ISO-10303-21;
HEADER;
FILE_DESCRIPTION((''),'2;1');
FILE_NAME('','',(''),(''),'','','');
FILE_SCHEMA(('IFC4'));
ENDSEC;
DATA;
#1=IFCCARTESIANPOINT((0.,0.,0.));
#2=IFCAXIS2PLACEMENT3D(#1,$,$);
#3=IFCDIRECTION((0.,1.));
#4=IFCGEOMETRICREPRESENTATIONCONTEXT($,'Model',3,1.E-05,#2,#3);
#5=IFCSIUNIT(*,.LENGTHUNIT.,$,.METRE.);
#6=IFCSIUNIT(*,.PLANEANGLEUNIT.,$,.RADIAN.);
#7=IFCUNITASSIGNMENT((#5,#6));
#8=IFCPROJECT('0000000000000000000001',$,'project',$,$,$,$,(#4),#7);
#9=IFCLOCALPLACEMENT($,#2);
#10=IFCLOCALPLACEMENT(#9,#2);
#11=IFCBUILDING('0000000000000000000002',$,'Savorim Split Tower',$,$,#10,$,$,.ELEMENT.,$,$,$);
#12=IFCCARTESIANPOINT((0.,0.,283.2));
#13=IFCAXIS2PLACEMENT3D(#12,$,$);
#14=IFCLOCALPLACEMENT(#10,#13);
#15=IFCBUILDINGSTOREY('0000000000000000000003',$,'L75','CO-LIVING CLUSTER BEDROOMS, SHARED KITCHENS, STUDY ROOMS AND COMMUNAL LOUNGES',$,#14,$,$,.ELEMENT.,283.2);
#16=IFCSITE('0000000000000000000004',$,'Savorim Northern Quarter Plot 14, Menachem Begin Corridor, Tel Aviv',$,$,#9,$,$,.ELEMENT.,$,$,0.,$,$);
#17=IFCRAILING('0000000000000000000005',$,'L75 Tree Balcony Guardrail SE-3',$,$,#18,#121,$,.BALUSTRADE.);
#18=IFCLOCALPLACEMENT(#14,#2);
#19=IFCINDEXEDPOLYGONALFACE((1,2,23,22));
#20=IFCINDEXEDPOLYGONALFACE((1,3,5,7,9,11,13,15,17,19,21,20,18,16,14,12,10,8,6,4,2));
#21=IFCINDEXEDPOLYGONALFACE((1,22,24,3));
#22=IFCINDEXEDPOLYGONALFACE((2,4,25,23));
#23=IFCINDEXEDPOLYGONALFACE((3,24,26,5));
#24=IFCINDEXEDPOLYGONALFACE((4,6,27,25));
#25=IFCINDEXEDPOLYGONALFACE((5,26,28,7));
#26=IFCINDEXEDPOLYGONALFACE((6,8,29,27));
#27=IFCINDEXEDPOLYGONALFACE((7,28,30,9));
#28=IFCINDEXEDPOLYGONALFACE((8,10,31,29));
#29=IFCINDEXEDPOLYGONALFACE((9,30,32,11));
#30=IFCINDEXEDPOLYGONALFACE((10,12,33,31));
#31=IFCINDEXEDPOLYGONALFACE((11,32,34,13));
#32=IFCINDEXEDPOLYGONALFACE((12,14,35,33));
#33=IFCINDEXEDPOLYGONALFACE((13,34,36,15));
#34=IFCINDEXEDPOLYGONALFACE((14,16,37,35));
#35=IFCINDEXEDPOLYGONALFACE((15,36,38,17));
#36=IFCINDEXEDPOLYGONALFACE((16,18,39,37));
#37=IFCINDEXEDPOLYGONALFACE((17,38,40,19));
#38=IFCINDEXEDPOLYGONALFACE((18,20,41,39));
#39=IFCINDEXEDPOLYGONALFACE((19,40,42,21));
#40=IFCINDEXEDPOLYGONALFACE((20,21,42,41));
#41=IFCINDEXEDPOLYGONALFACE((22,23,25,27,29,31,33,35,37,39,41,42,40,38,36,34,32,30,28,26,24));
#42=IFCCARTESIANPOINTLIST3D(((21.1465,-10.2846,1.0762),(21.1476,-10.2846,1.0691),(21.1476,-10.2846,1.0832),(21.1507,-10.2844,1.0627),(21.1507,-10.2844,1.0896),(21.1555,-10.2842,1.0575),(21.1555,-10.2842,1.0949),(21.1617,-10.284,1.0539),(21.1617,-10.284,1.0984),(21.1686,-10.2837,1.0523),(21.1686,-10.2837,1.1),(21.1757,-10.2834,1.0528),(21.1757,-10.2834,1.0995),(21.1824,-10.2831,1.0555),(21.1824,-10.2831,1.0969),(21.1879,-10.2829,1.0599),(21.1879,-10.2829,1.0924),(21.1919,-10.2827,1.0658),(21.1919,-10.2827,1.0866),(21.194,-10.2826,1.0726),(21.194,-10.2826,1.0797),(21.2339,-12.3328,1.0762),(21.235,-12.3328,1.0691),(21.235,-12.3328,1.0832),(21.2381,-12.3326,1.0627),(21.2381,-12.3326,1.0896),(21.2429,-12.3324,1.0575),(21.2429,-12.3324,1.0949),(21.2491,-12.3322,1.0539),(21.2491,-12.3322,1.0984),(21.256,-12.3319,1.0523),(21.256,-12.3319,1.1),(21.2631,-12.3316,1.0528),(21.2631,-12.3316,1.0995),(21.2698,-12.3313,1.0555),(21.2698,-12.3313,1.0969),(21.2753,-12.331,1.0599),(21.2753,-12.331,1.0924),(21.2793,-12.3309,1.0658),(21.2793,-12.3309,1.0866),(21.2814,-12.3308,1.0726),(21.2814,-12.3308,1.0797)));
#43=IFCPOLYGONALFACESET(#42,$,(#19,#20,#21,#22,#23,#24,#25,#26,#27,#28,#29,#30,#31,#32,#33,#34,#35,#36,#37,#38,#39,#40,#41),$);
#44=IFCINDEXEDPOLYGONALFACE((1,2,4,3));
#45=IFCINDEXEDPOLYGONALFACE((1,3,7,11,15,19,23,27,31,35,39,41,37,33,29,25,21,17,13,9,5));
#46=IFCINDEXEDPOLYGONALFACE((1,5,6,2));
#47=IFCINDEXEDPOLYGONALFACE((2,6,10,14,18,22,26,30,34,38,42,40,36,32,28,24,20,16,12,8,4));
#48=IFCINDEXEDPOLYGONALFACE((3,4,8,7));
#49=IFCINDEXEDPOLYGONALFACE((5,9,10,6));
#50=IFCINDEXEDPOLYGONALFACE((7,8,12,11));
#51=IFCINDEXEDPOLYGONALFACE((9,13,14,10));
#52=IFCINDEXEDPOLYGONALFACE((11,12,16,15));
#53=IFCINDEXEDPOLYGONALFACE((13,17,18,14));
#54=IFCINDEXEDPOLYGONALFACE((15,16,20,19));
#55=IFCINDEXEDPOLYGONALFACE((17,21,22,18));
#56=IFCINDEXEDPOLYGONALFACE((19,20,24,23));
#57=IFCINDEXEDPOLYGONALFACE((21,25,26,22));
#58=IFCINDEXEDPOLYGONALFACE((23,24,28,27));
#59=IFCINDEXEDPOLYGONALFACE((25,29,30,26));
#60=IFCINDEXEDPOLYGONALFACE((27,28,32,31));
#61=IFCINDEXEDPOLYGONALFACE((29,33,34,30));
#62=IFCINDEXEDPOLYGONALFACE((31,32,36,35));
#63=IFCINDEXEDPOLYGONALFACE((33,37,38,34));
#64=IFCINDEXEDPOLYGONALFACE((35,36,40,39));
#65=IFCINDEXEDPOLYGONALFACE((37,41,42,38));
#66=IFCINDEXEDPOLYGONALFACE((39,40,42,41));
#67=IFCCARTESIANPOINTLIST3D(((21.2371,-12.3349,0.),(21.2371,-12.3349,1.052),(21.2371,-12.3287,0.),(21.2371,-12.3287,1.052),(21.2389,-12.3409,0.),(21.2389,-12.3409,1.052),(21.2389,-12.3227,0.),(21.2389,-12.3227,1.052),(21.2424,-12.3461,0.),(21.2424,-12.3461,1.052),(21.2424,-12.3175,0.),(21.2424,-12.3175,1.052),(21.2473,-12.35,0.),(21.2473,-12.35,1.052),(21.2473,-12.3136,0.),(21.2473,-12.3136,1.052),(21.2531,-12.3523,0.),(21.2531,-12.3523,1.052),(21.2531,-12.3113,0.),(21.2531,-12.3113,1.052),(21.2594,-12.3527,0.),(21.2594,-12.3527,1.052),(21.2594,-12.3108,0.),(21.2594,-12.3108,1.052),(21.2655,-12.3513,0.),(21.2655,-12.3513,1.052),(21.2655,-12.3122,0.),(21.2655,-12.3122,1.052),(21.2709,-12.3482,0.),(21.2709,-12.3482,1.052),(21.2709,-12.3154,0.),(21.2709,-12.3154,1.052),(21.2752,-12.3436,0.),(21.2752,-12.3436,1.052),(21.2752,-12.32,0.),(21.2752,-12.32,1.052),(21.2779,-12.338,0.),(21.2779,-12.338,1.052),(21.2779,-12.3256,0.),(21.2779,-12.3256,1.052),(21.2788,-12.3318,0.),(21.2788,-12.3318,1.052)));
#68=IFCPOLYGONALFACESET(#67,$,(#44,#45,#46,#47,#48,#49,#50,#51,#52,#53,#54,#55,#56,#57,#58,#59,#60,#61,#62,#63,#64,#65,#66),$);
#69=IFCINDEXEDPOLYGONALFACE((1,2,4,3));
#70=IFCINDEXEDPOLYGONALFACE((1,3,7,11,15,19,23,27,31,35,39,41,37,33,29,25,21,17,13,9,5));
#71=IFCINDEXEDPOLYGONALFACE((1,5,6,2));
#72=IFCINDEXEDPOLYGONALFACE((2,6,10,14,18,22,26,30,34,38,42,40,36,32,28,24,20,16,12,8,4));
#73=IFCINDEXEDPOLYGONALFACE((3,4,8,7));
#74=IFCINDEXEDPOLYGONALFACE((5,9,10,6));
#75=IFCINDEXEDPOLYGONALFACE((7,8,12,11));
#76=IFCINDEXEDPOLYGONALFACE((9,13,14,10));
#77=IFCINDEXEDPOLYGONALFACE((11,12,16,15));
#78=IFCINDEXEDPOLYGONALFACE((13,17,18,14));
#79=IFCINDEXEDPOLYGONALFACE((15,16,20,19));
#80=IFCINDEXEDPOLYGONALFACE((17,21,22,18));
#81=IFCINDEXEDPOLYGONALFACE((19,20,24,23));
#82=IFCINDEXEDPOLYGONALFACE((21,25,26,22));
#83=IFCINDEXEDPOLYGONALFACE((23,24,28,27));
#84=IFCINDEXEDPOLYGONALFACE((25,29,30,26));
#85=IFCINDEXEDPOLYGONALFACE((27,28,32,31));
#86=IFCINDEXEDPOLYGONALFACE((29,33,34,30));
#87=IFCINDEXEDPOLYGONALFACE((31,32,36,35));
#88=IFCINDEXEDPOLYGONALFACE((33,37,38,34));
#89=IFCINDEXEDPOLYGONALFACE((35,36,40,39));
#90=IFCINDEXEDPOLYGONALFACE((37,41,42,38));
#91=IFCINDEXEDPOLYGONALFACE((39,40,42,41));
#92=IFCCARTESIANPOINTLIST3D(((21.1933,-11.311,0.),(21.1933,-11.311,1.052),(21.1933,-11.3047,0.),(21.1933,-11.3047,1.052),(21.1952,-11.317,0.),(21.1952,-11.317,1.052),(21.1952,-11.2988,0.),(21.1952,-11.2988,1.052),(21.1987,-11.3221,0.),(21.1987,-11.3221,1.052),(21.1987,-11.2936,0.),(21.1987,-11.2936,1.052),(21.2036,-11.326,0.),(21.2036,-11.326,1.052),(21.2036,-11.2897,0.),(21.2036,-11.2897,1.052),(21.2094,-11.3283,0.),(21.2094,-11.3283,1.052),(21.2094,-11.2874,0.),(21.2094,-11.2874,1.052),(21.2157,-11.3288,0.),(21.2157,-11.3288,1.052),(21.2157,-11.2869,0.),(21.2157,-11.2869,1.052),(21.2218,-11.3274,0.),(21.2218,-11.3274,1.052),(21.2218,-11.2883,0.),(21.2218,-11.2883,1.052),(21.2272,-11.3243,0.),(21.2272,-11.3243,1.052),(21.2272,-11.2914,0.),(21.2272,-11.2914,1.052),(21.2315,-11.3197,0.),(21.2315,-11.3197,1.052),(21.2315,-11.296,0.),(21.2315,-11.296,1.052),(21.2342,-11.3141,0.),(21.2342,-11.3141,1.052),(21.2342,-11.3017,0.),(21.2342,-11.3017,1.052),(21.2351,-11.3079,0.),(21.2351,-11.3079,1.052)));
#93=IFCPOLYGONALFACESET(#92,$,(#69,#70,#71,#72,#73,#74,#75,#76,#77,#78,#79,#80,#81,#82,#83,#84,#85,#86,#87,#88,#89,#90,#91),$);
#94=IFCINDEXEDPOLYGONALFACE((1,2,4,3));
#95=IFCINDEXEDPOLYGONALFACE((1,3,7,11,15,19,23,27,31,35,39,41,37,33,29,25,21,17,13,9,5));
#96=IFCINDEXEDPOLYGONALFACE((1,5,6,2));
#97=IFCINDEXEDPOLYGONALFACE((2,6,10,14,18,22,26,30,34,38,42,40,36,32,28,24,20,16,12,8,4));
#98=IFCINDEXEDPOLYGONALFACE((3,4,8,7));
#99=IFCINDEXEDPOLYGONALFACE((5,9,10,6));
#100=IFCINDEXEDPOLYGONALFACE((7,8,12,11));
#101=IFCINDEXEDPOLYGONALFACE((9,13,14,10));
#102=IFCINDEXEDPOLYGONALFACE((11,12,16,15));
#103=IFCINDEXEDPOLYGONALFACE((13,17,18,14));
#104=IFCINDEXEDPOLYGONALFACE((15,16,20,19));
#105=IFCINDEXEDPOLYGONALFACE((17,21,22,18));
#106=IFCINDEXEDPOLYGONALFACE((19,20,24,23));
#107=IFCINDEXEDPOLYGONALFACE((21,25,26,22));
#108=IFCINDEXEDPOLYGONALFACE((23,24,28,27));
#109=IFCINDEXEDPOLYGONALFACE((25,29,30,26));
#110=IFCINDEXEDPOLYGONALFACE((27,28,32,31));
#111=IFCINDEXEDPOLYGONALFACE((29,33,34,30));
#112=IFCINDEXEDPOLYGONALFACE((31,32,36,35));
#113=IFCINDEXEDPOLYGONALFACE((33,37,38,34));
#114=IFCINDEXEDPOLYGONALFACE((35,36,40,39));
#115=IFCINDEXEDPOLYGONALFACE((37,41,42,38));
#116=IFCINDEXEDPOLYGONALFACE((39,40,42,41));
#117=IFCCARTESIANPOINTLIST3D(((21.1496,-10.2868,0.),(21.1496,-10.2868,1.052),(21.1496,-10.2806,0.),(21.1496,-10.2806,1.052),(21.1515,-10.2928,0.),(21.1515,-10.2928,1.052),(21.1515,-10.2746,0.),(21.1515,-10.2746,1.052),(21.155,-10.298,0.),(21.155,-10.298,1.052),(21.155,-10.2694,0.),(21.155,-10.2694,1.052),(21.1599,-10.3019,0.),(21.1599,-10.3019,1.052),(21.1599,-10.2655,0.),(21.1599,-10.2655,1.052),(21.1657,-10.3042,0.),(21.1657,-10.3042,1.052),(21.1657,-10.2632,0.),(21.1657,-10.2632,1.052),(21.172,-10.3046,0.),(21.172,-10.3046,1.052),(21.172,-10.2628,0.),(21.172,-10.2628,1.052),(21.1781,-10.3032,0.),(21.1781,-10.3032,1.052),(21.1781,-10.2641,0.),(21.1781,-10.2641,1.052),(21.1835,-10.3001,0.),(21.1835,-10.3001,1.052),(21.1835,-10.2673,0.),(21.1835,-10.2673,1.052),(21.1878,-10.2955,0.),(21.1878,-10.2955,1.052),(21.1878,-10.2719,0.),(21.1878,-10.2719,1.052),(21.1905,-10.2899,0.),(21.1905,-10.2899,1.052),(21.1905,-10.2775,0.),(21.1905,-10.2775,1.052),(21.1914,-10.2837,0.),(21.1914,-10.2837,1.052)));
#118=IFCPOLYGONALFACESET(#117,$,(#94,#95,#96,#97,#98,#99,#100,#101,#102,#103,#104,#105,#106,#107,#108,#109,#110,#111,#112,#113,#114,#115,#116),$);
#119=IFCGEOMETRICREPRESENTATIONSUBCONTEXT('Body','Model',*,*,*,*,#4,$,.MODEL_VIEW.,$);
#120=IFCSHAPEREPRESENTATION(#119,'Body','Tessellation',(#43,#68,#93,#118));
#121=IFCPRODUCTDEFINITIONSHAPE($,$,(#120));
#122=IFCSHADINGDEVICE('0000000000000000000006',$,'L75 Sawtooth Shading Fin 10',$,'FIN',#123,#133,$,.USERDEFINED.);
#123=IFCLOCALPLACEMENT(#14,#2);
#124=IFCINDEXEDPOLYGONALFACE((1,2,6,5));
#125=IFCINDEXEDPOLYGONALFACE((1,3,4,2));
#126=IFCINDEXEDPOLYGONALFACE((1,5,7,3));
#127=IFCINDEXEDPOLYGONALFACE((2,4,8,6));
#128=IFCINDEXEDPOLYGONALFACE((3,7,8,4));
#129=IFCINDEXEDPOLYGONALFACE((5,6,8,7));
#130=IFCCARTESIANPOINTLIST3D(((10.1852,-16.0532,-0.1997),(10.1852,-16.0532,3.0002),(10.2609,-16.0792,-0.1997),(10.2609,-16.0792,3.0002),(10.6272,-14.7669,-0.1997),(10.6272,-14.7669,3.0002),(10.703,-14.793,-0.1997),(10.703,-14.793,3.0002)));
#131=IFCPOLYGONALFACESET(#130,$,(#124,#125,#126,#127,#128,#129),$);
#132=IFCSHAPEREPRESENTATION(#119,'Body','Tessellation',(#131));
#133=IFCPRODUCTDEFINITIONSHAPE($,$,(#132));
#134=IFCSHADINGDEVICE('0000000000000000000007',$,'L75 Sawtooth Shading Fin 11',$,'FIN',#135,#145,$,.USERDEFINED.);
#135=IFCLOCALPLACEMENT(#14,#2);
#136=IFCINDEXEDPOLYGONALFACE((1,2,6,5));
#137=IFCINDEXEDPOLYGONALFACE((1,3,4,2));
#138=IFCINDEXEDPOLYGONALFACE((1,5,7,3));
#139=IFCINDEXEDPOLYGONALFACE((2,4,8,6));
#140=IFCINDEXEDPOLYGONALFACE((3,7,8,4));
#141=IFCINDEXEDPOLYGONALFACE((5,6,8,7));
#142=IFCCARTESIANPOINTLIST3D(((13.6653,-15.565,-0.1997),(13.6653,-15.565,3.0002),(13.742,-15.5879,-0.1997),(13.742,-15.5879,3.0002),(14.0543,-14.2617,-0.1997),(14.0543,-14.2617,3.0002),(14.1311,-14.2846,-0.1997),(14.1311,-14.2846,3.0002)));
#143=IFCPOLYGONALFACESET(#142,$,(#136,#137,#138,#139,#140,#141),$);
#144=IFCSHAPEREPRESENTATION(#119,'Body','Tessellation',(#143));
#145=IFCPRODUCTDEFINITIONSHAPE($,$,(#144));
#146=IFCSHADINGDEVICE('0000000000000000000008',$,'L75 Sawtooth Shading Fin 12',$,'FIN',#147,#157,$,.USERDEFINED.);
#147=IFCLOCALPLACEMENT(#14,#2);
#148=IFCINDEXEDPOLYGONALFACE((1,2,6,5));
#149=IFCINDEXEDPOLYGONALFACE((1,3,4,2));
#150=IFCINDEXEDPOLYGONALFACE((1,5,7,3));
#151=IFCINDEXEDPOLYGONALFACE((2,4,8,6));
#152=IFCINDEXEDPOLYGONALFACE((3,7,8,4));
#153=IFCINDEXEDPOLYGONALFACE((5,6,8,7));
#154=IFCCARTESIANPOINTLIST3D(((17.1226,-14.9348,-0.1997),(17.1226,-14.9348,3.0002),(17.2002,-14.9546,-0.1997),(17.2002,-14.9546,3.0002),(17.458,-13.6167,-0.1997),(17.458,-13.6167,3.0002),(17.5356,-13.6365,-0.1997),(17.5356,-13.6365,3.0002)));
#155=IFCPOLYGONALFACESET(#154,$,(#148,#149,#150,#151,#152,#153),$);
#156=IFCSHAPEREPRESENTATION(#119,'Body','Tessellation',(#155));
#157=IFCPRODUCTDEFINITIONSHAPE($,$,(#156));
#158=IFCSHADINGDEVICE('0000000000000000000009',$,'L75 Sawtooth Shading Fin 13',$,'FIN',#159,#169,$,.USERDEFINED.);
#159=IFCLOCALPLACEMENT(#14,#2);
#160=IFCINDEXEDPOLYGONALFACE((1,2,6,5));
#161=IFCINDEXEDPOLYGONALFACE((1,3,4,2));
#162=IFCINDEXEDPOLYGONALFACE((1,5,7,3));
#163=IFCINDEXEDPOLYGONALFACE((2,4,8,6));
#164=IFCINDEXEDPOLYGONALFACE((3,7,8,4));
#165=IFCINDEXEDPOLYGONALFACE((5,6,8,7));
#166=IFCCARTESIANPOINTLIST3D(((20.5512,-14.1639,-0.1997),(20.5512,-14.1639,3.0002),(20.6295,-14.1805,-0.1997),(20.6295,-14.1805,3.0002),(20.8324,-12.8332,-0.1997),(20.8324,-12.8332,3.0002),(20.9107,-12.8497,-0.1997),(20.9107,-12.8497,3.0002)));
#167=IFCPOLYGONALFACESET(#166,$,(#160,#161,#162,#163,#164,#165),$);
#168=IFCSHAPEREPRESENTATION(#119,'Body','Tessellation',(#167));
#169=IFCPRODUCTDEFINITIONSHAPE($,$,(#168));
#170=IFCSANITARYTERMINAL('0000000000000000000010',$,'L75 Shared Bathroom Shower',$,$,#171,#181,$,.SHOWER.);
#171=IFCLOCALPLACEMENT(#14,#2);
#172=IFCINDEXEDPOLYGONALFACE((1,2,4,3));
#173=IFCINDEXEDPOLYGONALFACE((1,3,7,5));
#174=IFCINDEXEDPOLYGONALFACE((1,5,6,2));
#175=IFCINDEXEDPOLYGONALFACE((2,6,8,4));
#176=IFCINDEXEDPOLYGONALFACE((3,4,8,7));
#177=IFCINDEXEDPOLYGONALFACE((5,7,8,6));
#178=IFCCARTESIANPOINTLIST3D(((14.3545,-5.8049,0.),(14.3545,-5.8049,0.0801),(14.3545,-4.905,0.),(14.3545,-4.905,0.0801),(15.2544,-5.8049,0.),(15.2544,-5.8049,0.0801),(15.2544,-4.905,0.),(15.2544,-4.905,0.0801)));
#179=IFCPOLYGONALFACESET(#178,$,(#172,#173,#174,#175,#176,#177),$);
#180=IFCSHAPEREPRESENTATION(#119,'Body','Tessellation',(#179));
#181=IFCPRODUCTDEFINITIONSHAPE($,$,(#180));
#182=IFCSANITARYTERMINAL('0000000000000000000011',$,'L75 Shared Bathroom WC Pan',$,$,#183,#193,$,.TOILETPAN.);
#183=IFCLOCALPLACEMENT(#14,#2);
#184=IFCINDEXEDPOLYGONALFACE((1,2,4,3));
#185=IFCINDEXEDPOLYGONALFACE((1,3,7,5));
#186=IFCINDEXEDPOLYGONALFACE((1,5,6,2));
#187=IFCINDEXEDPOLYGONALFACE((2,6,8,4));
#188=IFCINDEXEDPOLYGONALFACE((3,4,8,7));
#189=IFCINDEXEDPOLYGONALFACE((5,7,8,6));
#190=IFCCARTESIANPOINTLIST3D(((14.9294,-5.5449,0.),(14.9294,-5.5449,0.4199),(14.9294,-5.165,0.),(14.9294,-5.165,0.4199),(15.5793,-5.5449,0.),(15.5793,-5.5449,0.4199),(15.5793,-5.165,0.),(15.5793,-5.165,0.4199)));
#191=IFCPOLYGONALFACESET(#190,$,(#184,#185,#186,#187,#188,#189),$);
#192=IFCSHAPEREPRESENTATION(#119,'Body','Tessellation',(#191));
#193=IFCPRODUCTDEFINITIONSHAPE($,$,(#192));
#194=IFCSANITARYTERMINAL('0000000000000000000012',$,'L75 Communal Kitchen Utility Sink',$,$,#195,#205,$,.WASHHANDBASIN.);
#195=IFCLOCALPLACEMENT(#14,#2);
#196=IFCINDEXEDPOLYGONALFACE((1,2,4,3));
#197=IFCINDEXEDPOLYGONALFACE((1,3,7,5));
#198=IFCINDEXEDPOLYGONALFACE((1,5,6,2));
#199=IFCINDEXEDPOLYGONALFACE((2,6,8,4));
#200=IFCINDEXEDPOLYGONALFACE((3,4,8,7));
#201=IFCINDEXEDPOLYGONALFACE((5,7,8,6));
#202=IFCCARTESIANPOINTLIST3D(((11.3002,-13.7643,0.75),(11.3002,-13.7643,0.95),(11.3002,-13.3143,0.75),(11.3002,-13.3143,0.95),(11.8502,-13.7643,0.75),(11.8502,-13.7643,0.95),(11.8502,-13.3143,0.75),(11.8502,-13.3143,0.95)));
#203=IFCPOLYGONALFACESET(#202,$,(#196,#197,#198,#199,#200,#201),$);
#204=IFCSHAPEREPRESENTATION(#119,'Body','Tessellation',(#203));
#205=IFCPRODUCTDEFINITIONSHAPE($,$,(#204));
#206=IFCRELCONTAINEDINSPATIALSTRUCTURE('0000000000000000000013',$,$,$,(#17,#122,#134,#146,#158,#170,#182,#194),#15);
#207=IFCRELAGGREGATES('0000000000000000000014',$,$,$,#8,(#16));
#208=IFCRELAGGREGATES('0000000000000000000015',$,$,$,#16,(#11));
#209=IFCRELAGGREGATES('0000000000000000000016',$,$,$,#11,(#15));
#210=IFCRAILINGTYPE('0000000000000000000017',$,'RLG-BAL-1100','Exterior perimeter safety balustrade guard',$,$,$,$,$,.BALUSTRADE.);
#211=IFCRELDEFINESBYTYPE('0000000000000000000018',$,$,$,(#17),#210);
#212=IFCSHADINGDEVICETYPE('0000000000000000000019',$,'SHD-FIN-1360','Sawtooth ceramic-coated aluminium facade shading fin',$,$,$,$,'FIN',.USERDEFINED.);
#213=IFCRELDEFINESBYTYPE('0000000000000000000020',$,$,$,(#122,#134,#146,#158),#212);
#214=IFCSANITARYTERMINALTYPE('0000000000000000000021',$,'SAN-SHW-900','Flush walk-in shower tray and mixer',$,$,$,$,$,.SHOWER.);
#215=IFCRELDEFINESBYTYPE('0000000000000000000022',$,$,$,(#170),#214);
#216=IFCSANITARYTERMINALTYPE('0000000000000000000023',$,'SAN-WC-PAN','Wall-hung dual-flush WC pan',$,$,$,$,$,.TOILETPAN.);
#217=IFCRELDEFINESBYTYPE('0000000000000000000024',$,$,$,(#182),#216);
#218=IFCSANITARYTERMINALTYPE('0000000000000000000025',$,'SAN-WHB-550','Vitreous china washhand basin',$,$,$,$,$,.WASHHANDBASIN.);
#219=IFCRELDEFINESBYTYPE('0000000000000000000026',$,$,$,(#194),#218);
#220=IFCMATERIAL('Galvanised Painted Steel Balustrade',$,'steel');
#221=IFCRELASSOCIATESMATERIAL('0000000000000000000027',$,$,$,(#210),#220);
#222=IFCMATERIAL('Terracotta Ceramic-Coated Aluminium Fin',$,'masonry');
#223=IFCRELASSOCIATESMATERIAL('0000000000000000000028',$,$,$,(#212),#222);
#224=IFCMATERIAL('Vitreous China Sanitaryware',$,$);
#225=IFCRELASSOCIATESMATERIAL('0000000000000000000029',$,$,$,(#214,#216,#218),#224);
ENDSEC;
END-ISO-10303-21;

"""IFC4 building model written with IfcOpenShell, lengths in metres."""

from ifc_helpers import new_model, si_unit, direction, frame, origin, origin_2d, place, context, subcontext, project, spatial, rectangle, circle, extrude, material, type_object, element, save


model = new_model("IFC4")

# Units and contexts
model_context = context("Model", 3, precision=1e-05, world=origin(), true_north=direction((0.0, 1.0)))
body_context = subcontext(model_context, "Body", "Model", "MODEL_VIEW")
ifc_project = project(units=[si_unit("LENGTHUNIT", "METRE"), si_unit("PLANEANGLEUNIT", "RADIAN")], contexts=[model_context])

# Site, building, storey
site_placement = place(None, origin())
site = spatial("IfcSite", under=ifc_project, at=site_placement, Name="Savorim Northern Quarter Plot 14, Menachem Begin Corridor, Tel Aviv", CompositionType="ELEMENT", RefElevation=0.0)
building_placement = place(site_placement, origin())
building = spatial("IfcBuilding", under=site, at=building_placement, Name="Savorim Split Tower", CompositionType="ELEMENT")
storey_placement = place(building_placement, frame((0.0, 0.0, 283.2)))
storey = spatial("IfcBuildingStorey", under=building, at=storey_placement, Name="L75", Description="CO-LIVING CLUSTER BEDROOMS, SHARED KITCHENS, STUDY ROOMS AND COMMUNAL LOUNGES", CompositionType="ELEMENT", Elevation=283.2)

# Railing
ifc_material_1 = material(Name="Galvanised Painted Steel Balustrade", Category="steel")
railing_type = type_object("IfcRailingType", Name="RLG-BAL-1100", Description="Exterior perimeter safety balustrade guard", PredefinedType="BALUSTRADE", material=ifc_material_1)
railing_1_placement = place(storey_placement, frame((21.2578, -12.3318, 0.0)))
element("IfcRailing", 1, at=railing_1_placement, inside=storey, type_object=railing_type, Name="L75 Tree Balcony Guardrail SE-3", PredefinedType="BALUSTRADE", context=body_context, shape_type="SweptSolid", body=[
    extrude(circle(Radius=0.0239, at=origin_2d()), frame((0.0, 0.0, 1.0762), z_axis=(-0.042636, 0.999091, 0.0), x_axis=(-0.999091, -0.042636, 0.0)), (0.0, 0.0, 1.0), 2.05),
    extrude(circle(Radius=0.021, at=origin_2d()), origin(), (0.0, 0.0, 1.0), 1.052),
    extrude(circle(Radius=0.021, at=origin_2d()), frame((-0.0437, 1.0239, 0.0)), (0.0, 0.0, 1.0), 1.052),
    extrude(circle(Radius=0.021, at=origin_2d()), frame((-0.0874, 2.0481, 0.0)), (0.0, 0.0, 1.0), 1.052),
])

# Shading devices
ifc_material_2 = material(Name="Terracotta Ceramic-Coated Aluminium Fin", Category="masonry")
shading_device_type = type_object("IfcShadingDeviceType", Name="SHD-FIN-1360", Description="Sawtooth ceramic-coated aluminium facade shading fin", ElementType="FIN", PredefinedType="USERDEFINED", material=ifc_material_2)
for number, where, z_axis, x_axis, name in (
    (2, (10.4441, -15.4231, -0.1997), (0.0, 0.0, 1.0), (-0.324994, -0.945716, 0.0), "L75 Sawtooth Shading Fin 10"),
    (3, (13.8982, -14.9248, -0.1997), (0.0, 0.0, 1.0), (-0.286026, -0.958222, 0.0), "L75 Sawtooth Shading Fin 11"),
    (4, (17.3291, -14.2856, -0.1997), (0.0, 0.0, 1.0), (-0.246581, -0.969122, 0.0), "L75 Sawtooth Shading Fin 12"),
    (5, (20.731, -13.5068, -0.1997), (0.0, 0.0, 1.0), (-0.206722, -0.9784, 0.0), "L75 Sawtooth Shading Fin 13"),
):
    element("IfcShadingDevice", number, at=place(storey_placement, frame(where, z_axis=z_axis, x_axis=x_axis)), inside=storey, type_object=shading_device_type, Name=name, ObjectType="FIN", PredefinedType="USERDEFINED", context=body_context, shape_type="SweptSolid", body=[
        extrude(rectangle(XDim=1.3601, YDim=0.0801, at=origin_2d()), origin(), (0.0, 0.0, 1.0), 3.2),
    ])

# Sanitary terminals
ifc_material_3 = material(Name="Vitreous China Sanitaryware")
sanitary_terminal_type_1 = type_object("IfcSanitaryTerminalType", Name="SAN-SHW-900", Description="Flush walk-in shower tray and mixer", PredefinedType="SHOWER", material=ifc_material_3)
sanitary_terminal_1_placement = place(storey_placement, frame((14.8044, -5.355, 0.0), z_axis=(0.0, 0.0, 1.0), x_axis=(1.0, 0.0, 0.0)))
element("IfcSanitaryTerminal", 6, at=sanitary_terminal_1_placement, inside=storey, type_object=sanitary_terminal_type_1, Name="L75 Shared Bathroom Shower", PredefinedType="SHOWER", context=body_context, shape_type="SweptSolid", body=[
    extrude(rectangle(XDim=0.8999, YDim=0.8999, at=origin_2d()), origin(), (0.0, 0.0, 1.0), 0.0801),
])
sanitary_terminal_type_2 = type_object("IfcSanitaryTerminalType", Name="SAN-WC-PAN", Description="Wall-hung dual-flush WC pan", PredefinedType="TOILETPAN", material=ifc_material_3)
sanitary_terminal_2_placement = place(storey_placement, frame((15.2544, -5.355, 0.0), z_axis=(0.0, 0.0, 1.0), x_axis=(1.0, 0.0, 0.0)))
element("IfcSanitaryTerminal", 7, at=sanitary_terminal_2_placement, inside=storey, type_object=sanitary_terminal_type_2, Name="L75 Shared Bathroom WC Pan", PredefinedType="TOILETPAN", context=body_context, shape_type="SweptSolid", body=[
    extrude(rectangle(XDim=0.6499, YDim=0.3799, at=origin_2d()), origin(), (0.0, 0.0, 1.0), 0.4199),
])
sanitary_terminal_type_3 = type_object("IfcSanitaryTerminalType", Name="SAN-WHB-550", Description="Vitreous china washhand basin", PredefinedType="WASHHANDBASIN", material=ifc_material_3)
for number, where, z_axis, x_axis, name in (
    (8, (11.5752, -13.5393, 0.75), (0.0, 0.0, 1.0), (1.0, 0.0, 0.0), "L75 Communal Kitchen Utility Sink"),
):
    element("IfcSanitaryTerminal", number, at=place(storey_placement, frame(where, z_axis=z_axis, x_axis=x_axis)), inside=storey, type_object=sanitary_terminal_type_3, Name=name, PredefinedType="WASHHANDBASIN", context=body_context, shape_type="SweptSolid", body=[
        extrude(rectangle(XDim=0.55, YDim=0.45, at=origin_2d()), origin(), (0.0, 0.0, 1.0), 0.2),
    ])

save(model, "model.ifc")
